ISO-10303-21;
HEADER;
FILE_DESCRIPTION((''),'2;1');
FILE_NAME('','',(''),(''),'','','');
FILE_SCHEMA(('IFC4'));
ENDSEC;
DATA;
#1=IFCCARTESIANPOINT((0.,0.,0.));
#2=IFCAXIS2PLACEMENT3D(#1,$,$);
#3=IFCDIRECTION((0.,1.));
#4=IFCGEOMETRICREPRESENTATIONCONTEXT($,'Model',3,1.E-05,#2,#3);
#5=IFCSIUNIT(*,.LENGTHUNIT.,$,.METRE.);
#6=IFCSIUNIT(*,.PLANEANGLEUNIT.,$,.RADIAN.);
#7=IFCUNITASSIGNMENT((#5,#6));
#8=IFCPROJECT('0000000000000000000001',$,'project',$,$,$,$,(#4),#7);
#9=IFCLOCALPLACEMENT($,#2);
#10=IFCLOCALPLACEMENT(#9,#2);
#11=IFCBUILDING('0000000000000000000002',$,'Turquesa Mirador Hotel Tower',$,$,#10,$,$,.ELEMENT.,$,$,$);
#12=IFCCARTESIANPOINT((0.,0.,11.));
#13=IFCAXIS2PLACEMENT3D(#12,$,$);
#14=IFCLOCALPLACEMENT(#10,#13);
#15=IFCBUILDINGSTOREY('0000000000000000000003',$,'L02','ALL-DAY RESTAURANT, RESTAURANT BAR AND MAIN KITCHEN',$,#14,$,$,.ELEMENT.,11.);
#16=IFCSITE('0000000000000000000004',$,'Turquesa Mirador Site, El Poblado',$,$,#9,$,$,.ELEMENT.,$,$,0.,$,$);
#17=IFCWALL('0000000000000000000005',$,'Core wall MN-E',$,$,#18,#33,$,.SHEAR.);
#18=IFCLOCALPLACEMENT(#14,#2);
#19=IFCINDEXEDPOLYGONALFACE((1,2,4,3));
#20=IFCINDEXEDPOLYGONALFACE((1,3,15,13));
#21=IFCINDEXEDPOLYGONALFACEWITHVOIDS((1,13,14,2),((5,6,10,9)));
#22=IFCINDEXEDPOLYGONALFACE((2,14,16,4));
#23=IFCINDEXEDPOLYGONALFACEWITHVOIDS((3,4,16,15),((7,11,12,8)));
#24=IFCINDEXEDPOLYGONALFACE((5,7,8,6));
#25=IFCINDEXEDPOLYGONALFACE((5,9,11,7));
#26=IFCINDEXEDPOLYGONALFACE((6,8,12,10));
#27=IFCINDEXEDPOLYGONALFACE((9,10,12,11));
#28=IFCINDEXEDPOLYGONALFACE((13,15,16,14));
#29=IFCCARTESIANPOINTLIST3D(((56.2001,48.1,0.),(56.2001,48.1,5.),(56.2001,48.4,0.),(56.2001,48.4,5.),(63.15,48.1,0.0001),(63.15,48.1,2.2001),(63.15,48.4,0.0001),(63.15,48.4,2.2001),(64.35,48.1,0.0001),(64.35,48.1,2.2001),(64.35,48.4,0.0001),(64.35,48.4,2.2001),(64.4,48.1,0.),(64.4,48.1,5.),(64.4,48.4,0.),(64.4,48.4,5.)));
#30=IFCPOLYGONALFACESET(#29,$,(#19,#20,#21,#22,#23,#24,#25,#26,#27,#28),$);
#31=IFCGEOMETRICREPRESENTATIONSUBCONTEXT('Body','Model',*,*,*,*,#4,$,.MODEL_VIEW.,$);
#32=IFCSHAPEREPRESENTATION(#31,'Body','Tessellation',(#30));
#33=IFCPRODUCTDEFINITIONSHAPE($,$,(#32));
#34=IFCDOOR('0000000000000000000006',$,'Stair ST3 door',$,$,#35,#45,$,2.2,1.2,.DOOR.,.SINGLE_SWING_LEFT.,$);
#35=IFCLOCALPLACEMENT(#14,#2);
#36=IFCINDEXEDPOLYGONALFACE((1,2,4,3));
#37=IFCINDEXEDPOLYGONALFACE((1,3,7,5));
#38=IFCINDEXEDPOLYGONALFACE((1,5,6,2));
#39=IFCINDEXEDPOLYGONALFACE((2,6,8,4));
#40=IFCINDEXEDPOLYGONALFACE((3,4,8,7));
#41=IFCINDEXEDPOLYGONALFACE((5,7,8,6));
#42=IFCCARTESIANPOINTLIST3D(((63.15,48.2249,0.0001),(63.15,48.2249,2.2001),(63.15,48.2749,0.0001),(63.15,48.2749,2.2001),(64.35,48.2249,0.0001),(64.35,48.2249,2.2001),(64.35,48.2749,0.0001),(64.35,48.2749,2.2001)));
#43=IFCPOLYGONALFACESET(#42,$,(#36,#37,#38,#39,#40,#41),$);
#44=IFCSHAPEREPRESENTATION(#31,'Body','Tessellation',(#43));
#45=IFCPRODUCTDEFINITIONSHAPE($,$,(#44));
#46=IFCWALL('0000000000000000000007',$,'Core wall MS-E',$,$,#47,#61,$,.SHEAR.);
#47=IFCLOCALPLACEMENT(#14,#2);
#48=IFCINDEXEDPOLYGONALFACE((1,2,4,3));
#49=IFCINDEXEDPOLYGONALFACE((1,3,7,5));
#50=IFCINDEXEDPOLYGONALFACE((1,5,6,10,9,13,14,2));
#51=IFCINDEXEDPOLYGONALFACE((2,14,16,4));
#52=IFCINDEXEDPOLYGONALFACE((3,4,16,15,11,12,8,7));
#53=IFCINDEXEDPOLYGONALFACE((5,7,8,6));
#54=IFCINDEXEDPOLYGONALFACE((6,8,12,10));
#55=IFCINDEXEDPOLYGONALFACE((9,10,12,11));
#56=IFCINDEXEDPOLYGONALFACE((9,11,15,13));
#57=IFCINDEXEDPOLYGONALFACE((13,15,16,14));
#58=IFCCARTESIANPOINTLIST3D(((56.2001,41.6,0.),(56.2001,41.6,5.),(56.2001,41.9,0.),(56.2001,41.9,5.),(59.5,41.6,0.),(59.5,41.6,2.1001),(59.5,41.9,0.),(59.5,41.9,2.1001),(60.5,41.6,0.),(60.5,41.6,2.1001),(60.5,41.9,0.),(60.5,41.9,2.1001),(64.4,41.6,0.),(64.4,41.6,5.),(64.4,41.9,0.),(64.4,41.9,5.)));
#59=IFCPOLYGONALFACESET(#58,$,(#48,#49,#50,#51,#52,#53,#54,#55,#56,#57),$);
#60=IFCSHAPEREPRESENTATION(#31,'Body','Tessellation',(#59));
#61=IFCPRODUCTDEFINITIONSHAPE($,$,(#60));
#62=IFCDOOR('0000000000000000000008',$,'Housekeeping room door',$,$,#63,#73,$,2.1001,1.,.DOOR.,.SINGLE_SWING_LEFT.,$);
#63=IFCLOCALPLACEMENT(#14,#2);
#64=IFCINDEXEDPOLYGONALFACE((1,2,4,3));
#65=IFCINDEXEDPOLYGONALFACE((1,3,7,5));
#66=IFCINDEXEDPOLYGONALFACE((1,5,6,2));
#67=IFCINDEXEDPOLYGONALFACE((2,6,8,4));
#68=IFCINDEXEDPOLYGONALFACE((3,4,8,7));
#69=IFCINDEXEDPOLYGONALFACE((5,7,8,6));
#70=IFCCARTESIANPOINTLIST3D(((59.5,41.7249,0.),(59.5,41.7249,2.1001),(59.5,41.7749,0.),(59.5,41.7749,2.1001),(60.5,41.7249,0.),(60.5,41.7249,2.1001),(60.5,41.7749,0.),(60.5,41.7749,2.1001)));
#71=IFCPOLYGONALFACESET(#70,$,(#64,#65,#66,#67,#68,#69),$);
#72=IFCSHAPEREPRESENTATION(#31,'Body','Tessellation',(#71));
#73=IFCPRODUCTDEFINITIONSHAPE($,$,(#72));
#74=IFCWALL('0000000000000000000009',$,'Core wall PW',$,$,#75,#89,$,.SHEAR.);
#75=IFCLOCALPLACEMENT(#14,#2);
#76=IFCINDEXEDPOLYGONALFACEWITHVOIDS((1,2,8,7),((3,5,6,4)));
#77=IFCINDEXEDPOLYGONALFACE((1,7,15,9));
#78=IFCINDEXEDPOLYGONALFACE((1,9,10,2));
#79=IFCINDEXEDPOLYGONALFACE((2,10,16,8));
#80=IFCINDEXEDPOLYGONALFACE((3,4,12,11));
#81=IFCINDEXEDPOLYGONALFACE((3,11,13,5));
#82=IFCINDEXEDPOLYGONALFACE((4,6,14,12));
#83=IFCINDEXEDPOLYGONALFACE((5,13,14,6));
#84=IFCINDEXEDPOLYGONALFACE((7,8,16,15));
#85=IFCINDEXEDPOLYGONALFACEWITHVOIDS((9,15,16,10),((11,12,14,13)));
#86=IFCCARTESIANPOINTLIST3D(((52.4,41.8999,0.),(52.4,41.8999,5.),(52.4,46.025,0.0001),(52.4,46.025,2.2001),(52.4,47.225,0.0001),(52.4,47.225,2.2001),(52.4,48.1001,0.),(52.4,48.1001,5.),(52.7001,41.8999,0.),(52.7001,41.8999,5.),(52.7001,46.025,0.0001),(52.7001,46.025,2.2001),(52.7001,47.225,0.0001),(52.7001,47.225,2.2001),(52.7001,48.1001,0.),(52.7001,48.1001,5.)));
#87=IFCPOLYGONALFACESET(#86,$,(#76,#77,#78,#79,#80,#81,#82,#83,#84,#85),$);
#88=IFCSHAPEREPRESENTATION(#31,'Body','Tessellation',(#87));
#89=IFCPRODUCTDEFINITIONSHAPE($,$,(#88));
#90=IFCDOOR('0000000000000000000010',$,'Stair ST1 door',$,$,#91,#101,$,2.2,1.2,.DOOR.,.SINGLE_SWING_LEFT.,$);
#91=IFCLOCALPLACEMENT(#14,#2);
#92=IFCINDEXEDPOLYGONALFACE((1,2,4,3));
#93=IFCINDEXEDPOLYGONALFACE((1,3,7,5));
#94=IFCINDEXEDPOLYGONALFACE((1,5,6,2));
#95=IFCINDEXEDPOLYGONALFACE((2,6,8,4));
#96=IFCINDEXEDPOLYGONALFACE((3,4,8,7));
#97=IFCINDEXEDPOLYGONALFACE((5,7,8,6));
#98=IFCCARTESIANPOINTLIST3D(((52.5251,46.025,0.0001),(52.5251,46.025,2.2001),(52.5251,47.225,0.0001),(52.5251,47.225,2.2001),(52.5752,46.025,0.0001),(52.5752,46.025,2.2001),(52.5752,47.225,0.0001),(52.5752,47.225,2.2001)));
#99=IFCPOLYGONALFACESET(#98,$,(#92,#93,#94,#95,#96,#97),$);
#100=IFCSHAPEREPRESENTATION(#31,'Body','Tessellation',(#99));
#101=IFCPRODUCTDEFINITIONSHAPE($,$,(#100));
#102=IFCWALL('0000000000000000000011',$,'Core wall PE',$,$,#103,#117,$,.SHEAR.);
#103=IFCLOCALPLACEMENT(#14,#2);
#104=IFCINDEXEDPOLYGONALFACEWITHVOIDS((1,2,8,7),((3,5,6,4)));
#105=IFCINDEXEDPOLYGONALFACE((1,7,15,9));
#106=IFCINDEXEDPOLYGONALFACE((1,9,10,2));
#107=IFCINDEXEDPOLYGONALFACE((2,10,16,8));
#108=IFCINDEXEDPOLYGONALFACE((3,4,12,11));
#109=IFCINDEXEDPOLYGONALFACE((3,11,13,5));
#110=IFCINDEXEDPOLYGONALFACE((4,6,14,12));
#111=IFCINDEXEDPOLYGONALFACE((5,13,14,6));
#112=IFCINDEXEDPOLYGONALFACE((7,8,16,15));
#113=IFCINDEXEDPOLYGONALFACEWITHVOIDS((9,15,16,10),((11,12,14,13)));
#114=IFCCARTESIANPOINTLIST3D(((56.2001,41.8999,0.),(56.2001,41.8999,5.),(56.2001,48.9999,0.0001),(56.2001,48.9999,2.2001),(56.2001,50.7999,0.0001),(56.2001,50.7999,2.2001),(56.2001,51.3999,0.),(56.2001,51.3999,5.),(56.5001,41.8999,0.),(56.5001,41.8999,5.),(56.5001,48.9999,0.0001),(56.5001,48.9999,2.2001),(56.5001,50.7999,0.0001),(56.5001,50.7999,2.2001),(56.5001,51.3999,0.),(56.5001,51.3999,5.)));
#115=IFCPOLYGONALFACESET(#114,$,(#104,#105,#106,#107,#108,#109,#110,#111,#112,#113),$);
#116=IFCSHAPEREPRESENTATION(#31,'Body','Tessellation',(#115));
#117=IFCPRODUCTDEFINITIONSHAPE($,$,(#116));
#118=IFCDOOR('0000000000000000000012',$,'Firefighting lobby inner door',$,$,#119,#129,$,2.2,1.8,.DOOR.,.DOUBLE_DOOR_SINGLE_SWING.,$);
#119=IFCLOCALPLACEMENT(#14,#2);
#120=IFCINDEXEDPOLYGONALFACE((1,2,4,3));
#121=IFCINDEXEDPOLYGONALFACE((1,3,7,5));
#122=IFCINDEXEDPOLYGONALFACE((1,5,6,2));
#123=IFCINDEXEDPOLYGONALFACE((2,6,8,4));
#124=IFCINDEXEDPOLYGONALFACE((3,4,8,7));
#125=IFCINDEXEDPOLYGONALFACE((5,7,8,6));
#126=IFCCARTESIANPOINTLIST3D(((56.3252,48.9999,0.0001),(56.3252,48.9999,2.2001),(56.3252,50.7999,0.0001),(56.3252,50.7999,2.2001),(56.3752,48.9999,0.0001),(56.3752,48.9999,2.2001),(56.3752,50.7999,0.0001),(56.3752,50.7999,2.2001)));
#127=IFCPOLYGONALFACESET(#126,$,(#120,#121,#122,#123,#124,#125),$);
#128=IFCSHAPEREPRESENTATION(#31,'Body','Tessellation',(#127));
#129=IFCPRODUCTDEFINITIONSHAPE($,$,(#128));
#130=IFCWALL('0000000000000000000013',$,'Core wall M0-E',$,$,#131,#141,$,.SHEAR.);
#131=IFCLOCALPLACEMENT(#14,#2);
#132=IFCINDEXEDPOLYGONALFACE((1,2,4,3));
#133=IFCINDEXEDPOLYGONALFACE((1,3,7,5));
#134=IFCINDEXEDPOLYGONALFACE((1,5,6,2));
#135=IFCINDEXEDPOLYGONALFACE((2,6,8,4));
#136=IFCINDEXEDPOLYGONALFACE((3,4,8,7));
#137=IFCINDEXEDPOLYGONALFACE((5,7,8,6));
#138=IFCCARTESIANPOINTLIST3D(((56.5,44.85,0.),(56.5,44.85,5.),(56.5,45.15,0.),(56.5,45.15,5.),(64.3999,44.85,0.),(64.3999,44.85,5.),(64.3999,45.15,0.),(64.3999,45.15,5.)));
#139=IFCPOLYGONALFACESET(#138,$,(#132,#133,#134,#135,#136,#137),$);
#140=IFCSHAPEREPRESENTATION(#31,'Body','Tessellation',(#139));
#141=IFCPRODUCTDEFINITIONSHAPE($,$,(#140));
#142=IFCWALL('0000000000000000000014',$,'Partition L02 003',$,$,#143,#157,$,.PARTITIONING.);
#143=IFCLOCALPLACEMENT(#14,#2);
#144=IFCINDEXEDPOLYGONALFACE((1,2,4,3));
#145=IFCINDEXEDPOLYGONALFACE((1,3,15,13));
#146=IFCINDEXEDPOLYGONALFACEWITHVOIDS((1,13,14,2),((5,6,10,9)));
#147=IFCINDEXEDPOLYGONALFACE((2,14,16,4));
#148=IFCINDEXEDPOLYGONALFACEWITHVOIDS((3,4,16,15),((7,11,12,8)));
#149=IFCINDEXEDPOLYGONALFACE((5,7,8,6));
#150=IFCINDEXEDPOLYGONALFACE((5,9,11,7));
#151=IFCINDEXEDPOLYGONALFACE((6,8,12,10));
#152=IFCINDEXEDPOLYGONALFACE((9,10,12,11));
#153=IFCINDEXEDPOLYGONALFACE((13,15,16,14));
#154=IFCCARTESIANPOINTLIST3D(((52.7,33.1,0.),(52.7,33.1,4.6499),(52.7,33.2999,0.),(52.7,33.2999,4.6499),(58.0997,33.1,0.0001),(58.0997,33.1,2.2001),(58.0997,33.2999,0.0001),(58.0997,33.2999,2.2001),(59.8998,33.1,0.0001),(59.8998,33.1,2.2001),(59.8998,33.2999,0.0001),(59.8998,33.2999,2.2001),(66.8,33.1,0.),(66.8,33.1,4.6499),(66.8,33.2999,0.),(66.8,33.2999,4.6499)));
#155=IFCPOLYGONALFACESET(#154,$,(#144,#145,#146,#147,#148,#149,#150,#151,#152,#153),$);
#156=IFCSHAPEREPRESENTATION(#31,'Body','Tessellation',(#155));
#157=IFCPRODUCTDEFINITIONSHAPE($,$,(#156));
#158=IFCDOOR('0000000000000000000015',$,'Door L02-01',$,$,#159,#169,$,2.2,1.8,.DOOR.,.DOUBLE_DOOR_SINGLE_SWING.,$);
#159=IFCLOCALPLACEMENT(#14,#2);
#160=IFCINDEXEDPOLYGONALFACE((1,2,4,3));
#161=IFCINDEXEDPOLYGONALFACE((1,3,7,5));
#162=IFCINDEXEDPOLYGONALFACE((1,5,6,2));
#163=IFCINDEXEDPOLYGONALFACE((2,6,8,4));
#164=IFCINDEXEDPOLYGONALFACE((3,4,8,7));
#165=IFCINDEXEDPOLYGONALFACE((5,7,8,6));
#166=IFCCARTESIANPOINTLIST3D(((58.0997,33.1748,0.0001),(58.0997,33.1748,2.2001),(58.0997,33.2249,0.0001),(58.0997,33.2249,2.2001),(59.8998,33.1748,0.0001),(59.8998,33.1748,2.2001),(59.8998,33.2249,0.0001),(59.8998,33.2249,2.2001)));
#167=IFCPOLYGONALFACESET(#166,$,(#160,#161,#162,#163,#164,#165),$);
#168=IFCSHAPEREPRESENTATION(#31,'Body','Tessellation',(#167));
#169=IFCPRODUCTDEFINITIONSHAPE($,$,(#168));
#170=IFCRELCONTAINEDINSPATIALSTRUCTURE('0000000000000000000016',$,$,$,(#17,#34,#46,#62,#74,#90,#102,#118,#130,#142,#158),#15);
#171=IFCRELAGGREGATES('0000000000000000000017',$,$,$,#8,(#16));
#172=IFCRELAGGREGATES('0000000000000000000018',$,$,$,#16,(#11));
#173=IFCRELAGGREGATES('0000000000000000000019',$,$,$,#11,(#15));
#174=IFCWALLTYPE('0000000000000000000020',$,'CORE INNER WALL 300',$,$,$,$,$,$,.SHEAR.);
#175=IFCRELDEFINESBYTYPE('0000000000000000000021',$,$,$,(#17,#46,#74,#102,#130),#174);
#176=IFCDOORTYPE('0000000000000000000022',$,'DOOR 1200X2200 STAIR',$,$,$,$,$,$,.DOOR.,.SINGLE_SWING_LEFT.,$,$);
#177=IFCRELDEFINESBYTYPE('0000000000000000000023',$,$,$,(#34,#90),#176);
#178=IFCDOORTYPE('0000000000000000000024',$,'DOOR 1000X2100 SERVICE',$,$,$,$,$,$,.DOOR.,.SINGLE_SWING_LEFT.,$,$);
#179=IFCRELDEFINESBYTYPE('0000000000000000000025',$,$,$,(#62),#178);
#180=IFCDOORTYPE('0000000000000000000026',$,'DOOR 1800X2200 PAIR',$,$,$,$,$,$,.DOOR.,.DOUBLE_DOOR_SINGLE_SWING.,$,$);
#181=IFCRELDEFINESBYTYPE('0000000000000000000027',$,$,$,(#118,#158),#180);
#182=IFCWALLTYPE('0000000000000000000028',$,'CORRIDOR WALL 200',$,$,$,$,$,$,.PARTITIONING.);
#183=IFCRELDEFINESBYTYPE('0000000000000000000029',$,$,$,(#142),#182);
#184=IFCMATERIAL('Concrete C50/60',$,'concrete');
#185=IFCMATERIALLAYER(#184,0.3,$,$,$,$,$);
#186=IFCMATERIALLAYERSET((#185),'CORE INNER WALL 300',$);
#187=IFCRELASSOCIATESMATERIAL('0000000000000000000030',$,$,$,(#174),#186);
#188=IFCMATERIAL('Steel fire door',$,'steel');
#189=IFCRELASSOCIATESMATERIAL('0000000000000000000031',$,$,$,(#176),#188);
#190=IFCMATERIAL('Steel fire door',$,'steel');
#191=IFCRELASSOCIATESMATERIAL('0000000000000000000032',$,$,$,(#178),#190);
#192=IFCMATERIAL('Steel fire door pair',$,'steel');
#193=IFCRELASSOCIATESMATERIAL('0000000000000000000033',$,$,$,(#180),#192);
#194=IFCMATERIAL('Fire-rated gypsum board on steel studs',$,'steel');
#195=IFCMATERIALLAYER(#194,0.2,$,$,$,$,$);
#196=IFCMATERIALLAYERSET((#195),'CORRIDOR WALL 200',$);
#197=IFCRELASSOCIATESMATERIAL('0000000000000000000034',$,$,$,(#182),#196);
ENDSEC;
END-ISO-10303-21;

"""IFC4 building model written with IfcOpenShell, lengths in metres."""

from ifc_helpers import new_model, si_unit, direction, frame, frame_2d, origin, place, context, subcontext, project, spatial, rectangle, extrude, material, layer, layer_set, type_object, element, fill, save


model = new_model("IFC4")

# Units and contexts
model_context = context("Model", 3, precision=1e-05, world=origin(), true_north=direction((0.0, 1.0)))
body_context = subcontext(model_context, "Body", "Model", "MODEL_VIEW")
ifc_project = project(units=[si_unit("LENGTHUNIT", "METRE"), si_unit("PLANEANGLEUNIT", "RADIAN")], contexts=[model_context])

# Site, building, storey
site_placement = place(None, origin())
site = spatial("IfcSite", under=ifc_project, at=site_placement, Name="Turquesa Mirador Site, El Poblado", CompositionType="ELEMENT", RefElevation=0.0)
building_placement = place(site_placement, origin())
building = spatial("IfcBuilding", under=site, at=building_placement, Name="Turquesa Mirador Hotel Tower", CompositionType="ELEMENT")
storey_placement = place(building_placement, frame((0.0, 0.0, 11.0)))
storey = spatial("IfcBuildingStorey", under=building, at=storey_placement, Name="L02", Description="ALL-DAY RESTAURANT, RESTAURANT BAR AND MAIN KITCHEN", CompositionType="ELEMENT", Elevation=11.0)

# Walls, openings, doors
ifc_material_1 = material(Name="Concrete C50/60", Category="concrete")
ifc_layer_1 = layer(ifc_material_1, 0.3)
ifc_layer_set_1 = layer_set([ifc_layer_1], Name="CORE INNER WALL 300")
wall_type_1 = type_object("IfcWallType", Name="CORE INNER WALL 300", PredefinedType="SHEAR", material=ifc_layer_set_1)
wall_1_placement = place(storey_placement, frame((56.2, 48.25, 0.0), z_axis=(0.0, 0.0, 1.0), x_axis=(1.0, 0.0, 0.0)))
wall_1 = element("IfcWall", 1, at=wall_1_placement, inside=storey, type_object=wall_type_1, Name="Core wall MN-E", PredefinedType="SHEAR", context=body_context, shape_type="SweptSolid", body=[
    extrude(rectangle(XDim=8.2, YDim=0.3, at=frame_2d((4.1001, 0.0))), origin(), (0.0, 0.0, 1.0), 5.0),
])
opening_1_placement = place(wall_1_placement, frame((6.95, 0.0, 0.0)))
opening_1 = element("IfcOpeningElement", 2, at=opening_1_placement, cuts=wall_1, PredefinedType="OPENING", context=body_context, shape_type="SweptSolid", body=[
    extrude(rectangle(XDim=1.2, YDim=2.2, at=frame_2d((0.6001, 1.1001))), frame((0.0, 0.1599, 0.0), z_axis=(0.0, -1.0, 0.0), x_axis=(1.0, 0.0, 0.0)), (0.0, 0.0, 1.0), 0.3201),
])
ifc_material_2 = material(Name="Steel fire door", Category="steel")
door_type_1 = type_object("IfcDoorType", Name="DOOR 1200X2200 STAIR", OperationType="SINGLE_SWING_LEFT", PredefinedType="DOOR", material=ifc_material_2)
door_1_placement = place(opening_1_placement, origin())
door_1 = element("IfcDoor", 3, at=door_1_placement, inside=storey, type_object=door_type_1, Name="Stair ST3 door", OperationType="SINGLE_SWING_LEFT", OverallHeight=2.2, OverallWidth=1.2, PredefinedType="DOOR", context=body_context, shape_type="SweptSolid", body=[
    extrude(rectangle(XDim=1.2, YDim=2.2, at=frame_2d((0.6001, 1.1001))), frame((0.0, 0.0249, 0.0), z_axis=(0.0, -1.0, 0.0), x_axis=(1.0, 0.0, 0.0)), (0.0, 0.0, 1.0), 0.05),
])
fill(opening_1, door_1)
wall_2_placement = place(storey_placement, frame((56.2, 41.75, 0.0), z_axis=(0.0, 0.0, 1.0), x_axis=(1.0, 0.0, 0.0)))
wall_2 = element("IfcWall", 4, at=wall_2_placement, inside=storey, type_object=wall_type_1, Name="Core wall MS-E", PredefinedType="SHEAR", context=body_context, shape_type="SweptSolid", body=[
    extrude(rectangle(XDim=8.2, YDim=0.3, at=frame_2d((4.1001, 0.0))), origin(), (0.0, 0.0, 1.0), 5.0),
])
opening_2_placement = place(wall_2_placement, frame((3.3, 0.0, 0.0)))
opening_2 = element("IfcOpeningElement", 5, at=opening_2_placement, cuts=wall_2, PredefinedType="OPENING", context=body_context, shape_type="SweptSolid", body=[
    extrude(rectangle(XDim=1.0, YDim=2.1001, at=frame_2d((0.5, 1.05))), frame((0.0, 0.1599, 0.0), z_axis=(0.0, -1.0, 0.0), x_axis=(1.0, 0.0, 0.0)), (0.0, 0.0, 1.0), 0.3201),
])
ifc_material_3 = material(Name="Steel fire door", Category="steel")
door_type_2 = type_object("IfcDoorType", Name="DOOR 1000X2100 SERVICE", OperationType="SINGLE_SWING_LEFT", PredefinedType="DOOR", material=ifc_material_3)
door_2_placement = place(opening_2_placement, origin())
door_2 = element("IfcDoor", 6, at=door_2_placement, inside=storey, type_object=door_type_2, Name="Housekeeping room door", OperationType="SINGLE_SWING_LEFT", OverallHeight=2.1001, OverallWidth=1.0, PredefinedType="DOOR", context=body_context, shape_type="SweptSolid", body=[
    extrude(rectangle(XDim=1.0, YDim=2.1001, at=frame_2d((0.5, 1.05))), frame((0.0, 0.0249, 0.0), z_axis=(0.0, -1.0, 0.0), x_axis=(1.0, 0.0, 0.0)), (0.0, 0.0, 1.0), 0.05),
])
fill(opening_2, door_2)
wall_3_placement = place(storey_placement, frame((52.55, 41.8999, 0.0), z_axis=(0.0, 0.0, 1.0), x_axis=(0.0, 1.0, 0.0)))
wall_3 = element("IfcWall", 7, at=wall_3_placement, inside=storey, type_object=wall_type_1, Name="Core wall PW", PredefinedType="SHEAR", context=body_context, shape_type="SweptSolid", body=[
    extrude(rectangle(XDim=6.2002, YDim=0.3, at=frame_2d((3.1001, 0.0))), origin(), (0.0, 0.0, 1.0), 5.0),
])
opening_3_placement = place(wall_3_placement, frame((4.125, 0.0, 0.0)))
opening_3 = element("IfcOpeningElement", 8, at=opening_3_placement, cuts=wall_3, PredefinedType="OPENING", context=body_context, shape_type="SweptSolid", body=[
    extrude(rectangle(XDim=1.2, YDim=2.2, at=frame_2d((0.6001, 1.1001))), frame((0.0, 0.1599, 0.0), z_axis=(0.0, -1.0, 0.0), x_axis=(1.0, 0.0, 0.0)), (0.0, 0.0, 1.0), 0.3201),
])
door_3_placement = place(opening_3_placement, origin())
door_3 = element("IfcDoor", 9, at=door_3_placement, inside=storey, type_object=door_type_1, Name="Stair ST1 door", OperationType="SINGLE_SWING_LEFT", OverallHeight=2.2, OverallWidth=1.2, PredefinedType="DOOR", context=body_context, shape_type="SweptSolid", body=[
    extrude(rectangle(XDim=1.2, YDim=2.2, at=frame_2d((0.6001, 1.1001))), frame((0.0, 0.0249, 0.0), z_axis=(0.0, -1.0, 0.0), x_axis=(1.0, 0.0, 0.0)), (0.0, 0.0, 1.0), 0.05),
])
fill(opening_3, door_3)
wall_4_placement = place(storey_placement, frame((56.3501, 41.8999, 0.0), z_axis=(0.0, 0.0, 1.0), x_axis=(0.0, 1.0, 0.0)))
wall_4 = element("IfcWall", 10, at=wall_4_placement, inside=storey, type_object=wall_type_1, Name="Core wall PE", PredefinedType="SHEAR", context=body_context, shape_type="SweptSolid", body=[
    extrude(rectangle(XDim=9.5, YDim=0.3, at=frame_2d((4.75, 0.0))), origin(), (0.0, 0.0, 1.0), 5.0),
])
opening_4_placement = place(wall_4_placement, frame((7.1001, 0.0, 0.0)))
opening_4 = element("IfcOpeningElement", 11, at=opening_4_placement, cuts=wall_4, PredefinedType="OPENING", context=body_context, shape_type="SweptSolid", body=[
    extrude(rectangle(XDim=1.8, YDim=2.2, at=frame_2d((0.8999, 1.1001))), frame((0.0, 0.1599, 0.0), z_axis=(0.0, -1.0, 0.0), x_axis=(1.0, 0.0, 0.0)), (0.0, 0.0, 1.0), 0.3201),
])
ifc_material_4 = material(Name="Steel fire door pair", Category="steel")
door_type_3 = type_object("IfcDoorType", Name="DOOR 1800X2200 PAIR", OperationType="DOUBLE_DOOR_SINGLE_SWING", PredefinedType="DOOR", material=ifc_material_4)
door_4_placement = place(opening_4_placement, origin())
door_4 = element("IfcDoor", 12, at=door_4_placement, inside=storey, type_object=door_type_3, Name="Firefighting lobby inner door", OperationType="DOUBLE_DOOR_SINGLE_SWING", OverallHeight=2.2, OverallWidth=1.8, PredefinedType="DOOR", context=body_context, shape_type="SweptSolid", body=[
    extrude(rectangle(XDim=1.8, YDim=2.2, at=frame_2d((0.8999, 1.1001))), frame((0.0, 0.0249, 0.0), z_axis=(0.0, -1.0, 0.0), x_axis=(1.0, 0.0, 0.0)), (0.0, 0.0, 1.0), 0.05),
])
fill(opening_4, door_4)

# Wall
wall_5_placement = place(storey_placement, frame((56.5, 45.0, 0.0), z_axis=(0.0, 0.0, 1.0), x_axis=(1.0, 0.0, 0.0)))
element("IfcWall", 13, at=wall_5_placement, inside=storey, type_object=wall_type_1, Name="Core wall M0-E", PredefinedType="SHEAR", context=body_context, shape_type="SweptSolid", body=[
    extrude(rectangle(XDim=7.8999, YDim=0.3, at=frame_2d((3.95, 0.0))), origin(), (0.0, 0.0, 1.0), 5.0),
])

# Wall, opening, door
ifc_material_5 = material(Name="Fire-rated gypsum board on steel studs", Category="steel")
ifc_layer_2 = layer(ifc_material_5, 0.2)
ifc_layer_set_2 = layer_set([ifc_layer_2], Name="CORRIDOR WALL 200")
wall_type_2 = type_object("IfcWallType", Name="CORRIDOR WALL 200", PredefinedType="PARTITIONING", material=ifc_layer_set_2)
wall_6_placement = place(storey_placement, frame((52.7, 33.2, 0.0), z_axis=(0.0, 0.0, 1.0), x_axis=(1.0, 0.0, 0.0)))
wall_6 = element("IfcWall", 14, at=wall_6_placement, inside=storey, type_object=wall_type_2, Name="Partition L02 003", PredefinedType="PARTITIONING", context=body_context, shape_type="SweptSolid", body=[
    extrude(rectangle(XDim=14.1001, YDim=0.2, at=frame_2d((7.05, 0.0))), origin(), (0.0, 0.0, 1.0), 4.6499),
])
opening_5_placement = place(wall_6_placement, frame((5.3999, 0.0, 0.0)))
opening_5 = element("IfcOpeningElement", 15, at=opening_5_placement, cuts=wall_6, PredefinedType="OPENING", context=body_context, shape_type="SweptSolid", body=[
    extrude(rectangle(XDim=1.8, YDim=2.2, at=frame_2d((0.8999, 1.1001))), frame((0.0, 0.1099, 0.0), z_axis=(0.0, -1.0, 0.0), x_axis=(1.0, 0.0, 0.0)), (0.0, 0.0, 1.0), 0.22),
])
door_5_placement = place(opening_5_placement, origin())
door_5 = element("IfcDoor", 16, at=door_5_placement, inside=storey, type_object=door_type_3, Name="Door L02-01", OperationType="DOUBLE_DOOR_SINGLE_SWING", OverallHeight=2.2, OverallWidth=1.8, PredefinedType="DOOR", context=body_context, shape_type="SweptSolid", body=[
    extrude(rectangle(XDim=1.8, YDim=2.2, at=frame_2d((0.8999, 1.1001))), frame((0.0, 0.0249, 0.0), z_axis=(0.0, -1.0, 0.0), x_axis=(1.0, 0.0, 0.0)), (0.0, 0.0, 1.0), 0.05),
])
fill(opening_5, door_5)

save(model, "model.ifc")
